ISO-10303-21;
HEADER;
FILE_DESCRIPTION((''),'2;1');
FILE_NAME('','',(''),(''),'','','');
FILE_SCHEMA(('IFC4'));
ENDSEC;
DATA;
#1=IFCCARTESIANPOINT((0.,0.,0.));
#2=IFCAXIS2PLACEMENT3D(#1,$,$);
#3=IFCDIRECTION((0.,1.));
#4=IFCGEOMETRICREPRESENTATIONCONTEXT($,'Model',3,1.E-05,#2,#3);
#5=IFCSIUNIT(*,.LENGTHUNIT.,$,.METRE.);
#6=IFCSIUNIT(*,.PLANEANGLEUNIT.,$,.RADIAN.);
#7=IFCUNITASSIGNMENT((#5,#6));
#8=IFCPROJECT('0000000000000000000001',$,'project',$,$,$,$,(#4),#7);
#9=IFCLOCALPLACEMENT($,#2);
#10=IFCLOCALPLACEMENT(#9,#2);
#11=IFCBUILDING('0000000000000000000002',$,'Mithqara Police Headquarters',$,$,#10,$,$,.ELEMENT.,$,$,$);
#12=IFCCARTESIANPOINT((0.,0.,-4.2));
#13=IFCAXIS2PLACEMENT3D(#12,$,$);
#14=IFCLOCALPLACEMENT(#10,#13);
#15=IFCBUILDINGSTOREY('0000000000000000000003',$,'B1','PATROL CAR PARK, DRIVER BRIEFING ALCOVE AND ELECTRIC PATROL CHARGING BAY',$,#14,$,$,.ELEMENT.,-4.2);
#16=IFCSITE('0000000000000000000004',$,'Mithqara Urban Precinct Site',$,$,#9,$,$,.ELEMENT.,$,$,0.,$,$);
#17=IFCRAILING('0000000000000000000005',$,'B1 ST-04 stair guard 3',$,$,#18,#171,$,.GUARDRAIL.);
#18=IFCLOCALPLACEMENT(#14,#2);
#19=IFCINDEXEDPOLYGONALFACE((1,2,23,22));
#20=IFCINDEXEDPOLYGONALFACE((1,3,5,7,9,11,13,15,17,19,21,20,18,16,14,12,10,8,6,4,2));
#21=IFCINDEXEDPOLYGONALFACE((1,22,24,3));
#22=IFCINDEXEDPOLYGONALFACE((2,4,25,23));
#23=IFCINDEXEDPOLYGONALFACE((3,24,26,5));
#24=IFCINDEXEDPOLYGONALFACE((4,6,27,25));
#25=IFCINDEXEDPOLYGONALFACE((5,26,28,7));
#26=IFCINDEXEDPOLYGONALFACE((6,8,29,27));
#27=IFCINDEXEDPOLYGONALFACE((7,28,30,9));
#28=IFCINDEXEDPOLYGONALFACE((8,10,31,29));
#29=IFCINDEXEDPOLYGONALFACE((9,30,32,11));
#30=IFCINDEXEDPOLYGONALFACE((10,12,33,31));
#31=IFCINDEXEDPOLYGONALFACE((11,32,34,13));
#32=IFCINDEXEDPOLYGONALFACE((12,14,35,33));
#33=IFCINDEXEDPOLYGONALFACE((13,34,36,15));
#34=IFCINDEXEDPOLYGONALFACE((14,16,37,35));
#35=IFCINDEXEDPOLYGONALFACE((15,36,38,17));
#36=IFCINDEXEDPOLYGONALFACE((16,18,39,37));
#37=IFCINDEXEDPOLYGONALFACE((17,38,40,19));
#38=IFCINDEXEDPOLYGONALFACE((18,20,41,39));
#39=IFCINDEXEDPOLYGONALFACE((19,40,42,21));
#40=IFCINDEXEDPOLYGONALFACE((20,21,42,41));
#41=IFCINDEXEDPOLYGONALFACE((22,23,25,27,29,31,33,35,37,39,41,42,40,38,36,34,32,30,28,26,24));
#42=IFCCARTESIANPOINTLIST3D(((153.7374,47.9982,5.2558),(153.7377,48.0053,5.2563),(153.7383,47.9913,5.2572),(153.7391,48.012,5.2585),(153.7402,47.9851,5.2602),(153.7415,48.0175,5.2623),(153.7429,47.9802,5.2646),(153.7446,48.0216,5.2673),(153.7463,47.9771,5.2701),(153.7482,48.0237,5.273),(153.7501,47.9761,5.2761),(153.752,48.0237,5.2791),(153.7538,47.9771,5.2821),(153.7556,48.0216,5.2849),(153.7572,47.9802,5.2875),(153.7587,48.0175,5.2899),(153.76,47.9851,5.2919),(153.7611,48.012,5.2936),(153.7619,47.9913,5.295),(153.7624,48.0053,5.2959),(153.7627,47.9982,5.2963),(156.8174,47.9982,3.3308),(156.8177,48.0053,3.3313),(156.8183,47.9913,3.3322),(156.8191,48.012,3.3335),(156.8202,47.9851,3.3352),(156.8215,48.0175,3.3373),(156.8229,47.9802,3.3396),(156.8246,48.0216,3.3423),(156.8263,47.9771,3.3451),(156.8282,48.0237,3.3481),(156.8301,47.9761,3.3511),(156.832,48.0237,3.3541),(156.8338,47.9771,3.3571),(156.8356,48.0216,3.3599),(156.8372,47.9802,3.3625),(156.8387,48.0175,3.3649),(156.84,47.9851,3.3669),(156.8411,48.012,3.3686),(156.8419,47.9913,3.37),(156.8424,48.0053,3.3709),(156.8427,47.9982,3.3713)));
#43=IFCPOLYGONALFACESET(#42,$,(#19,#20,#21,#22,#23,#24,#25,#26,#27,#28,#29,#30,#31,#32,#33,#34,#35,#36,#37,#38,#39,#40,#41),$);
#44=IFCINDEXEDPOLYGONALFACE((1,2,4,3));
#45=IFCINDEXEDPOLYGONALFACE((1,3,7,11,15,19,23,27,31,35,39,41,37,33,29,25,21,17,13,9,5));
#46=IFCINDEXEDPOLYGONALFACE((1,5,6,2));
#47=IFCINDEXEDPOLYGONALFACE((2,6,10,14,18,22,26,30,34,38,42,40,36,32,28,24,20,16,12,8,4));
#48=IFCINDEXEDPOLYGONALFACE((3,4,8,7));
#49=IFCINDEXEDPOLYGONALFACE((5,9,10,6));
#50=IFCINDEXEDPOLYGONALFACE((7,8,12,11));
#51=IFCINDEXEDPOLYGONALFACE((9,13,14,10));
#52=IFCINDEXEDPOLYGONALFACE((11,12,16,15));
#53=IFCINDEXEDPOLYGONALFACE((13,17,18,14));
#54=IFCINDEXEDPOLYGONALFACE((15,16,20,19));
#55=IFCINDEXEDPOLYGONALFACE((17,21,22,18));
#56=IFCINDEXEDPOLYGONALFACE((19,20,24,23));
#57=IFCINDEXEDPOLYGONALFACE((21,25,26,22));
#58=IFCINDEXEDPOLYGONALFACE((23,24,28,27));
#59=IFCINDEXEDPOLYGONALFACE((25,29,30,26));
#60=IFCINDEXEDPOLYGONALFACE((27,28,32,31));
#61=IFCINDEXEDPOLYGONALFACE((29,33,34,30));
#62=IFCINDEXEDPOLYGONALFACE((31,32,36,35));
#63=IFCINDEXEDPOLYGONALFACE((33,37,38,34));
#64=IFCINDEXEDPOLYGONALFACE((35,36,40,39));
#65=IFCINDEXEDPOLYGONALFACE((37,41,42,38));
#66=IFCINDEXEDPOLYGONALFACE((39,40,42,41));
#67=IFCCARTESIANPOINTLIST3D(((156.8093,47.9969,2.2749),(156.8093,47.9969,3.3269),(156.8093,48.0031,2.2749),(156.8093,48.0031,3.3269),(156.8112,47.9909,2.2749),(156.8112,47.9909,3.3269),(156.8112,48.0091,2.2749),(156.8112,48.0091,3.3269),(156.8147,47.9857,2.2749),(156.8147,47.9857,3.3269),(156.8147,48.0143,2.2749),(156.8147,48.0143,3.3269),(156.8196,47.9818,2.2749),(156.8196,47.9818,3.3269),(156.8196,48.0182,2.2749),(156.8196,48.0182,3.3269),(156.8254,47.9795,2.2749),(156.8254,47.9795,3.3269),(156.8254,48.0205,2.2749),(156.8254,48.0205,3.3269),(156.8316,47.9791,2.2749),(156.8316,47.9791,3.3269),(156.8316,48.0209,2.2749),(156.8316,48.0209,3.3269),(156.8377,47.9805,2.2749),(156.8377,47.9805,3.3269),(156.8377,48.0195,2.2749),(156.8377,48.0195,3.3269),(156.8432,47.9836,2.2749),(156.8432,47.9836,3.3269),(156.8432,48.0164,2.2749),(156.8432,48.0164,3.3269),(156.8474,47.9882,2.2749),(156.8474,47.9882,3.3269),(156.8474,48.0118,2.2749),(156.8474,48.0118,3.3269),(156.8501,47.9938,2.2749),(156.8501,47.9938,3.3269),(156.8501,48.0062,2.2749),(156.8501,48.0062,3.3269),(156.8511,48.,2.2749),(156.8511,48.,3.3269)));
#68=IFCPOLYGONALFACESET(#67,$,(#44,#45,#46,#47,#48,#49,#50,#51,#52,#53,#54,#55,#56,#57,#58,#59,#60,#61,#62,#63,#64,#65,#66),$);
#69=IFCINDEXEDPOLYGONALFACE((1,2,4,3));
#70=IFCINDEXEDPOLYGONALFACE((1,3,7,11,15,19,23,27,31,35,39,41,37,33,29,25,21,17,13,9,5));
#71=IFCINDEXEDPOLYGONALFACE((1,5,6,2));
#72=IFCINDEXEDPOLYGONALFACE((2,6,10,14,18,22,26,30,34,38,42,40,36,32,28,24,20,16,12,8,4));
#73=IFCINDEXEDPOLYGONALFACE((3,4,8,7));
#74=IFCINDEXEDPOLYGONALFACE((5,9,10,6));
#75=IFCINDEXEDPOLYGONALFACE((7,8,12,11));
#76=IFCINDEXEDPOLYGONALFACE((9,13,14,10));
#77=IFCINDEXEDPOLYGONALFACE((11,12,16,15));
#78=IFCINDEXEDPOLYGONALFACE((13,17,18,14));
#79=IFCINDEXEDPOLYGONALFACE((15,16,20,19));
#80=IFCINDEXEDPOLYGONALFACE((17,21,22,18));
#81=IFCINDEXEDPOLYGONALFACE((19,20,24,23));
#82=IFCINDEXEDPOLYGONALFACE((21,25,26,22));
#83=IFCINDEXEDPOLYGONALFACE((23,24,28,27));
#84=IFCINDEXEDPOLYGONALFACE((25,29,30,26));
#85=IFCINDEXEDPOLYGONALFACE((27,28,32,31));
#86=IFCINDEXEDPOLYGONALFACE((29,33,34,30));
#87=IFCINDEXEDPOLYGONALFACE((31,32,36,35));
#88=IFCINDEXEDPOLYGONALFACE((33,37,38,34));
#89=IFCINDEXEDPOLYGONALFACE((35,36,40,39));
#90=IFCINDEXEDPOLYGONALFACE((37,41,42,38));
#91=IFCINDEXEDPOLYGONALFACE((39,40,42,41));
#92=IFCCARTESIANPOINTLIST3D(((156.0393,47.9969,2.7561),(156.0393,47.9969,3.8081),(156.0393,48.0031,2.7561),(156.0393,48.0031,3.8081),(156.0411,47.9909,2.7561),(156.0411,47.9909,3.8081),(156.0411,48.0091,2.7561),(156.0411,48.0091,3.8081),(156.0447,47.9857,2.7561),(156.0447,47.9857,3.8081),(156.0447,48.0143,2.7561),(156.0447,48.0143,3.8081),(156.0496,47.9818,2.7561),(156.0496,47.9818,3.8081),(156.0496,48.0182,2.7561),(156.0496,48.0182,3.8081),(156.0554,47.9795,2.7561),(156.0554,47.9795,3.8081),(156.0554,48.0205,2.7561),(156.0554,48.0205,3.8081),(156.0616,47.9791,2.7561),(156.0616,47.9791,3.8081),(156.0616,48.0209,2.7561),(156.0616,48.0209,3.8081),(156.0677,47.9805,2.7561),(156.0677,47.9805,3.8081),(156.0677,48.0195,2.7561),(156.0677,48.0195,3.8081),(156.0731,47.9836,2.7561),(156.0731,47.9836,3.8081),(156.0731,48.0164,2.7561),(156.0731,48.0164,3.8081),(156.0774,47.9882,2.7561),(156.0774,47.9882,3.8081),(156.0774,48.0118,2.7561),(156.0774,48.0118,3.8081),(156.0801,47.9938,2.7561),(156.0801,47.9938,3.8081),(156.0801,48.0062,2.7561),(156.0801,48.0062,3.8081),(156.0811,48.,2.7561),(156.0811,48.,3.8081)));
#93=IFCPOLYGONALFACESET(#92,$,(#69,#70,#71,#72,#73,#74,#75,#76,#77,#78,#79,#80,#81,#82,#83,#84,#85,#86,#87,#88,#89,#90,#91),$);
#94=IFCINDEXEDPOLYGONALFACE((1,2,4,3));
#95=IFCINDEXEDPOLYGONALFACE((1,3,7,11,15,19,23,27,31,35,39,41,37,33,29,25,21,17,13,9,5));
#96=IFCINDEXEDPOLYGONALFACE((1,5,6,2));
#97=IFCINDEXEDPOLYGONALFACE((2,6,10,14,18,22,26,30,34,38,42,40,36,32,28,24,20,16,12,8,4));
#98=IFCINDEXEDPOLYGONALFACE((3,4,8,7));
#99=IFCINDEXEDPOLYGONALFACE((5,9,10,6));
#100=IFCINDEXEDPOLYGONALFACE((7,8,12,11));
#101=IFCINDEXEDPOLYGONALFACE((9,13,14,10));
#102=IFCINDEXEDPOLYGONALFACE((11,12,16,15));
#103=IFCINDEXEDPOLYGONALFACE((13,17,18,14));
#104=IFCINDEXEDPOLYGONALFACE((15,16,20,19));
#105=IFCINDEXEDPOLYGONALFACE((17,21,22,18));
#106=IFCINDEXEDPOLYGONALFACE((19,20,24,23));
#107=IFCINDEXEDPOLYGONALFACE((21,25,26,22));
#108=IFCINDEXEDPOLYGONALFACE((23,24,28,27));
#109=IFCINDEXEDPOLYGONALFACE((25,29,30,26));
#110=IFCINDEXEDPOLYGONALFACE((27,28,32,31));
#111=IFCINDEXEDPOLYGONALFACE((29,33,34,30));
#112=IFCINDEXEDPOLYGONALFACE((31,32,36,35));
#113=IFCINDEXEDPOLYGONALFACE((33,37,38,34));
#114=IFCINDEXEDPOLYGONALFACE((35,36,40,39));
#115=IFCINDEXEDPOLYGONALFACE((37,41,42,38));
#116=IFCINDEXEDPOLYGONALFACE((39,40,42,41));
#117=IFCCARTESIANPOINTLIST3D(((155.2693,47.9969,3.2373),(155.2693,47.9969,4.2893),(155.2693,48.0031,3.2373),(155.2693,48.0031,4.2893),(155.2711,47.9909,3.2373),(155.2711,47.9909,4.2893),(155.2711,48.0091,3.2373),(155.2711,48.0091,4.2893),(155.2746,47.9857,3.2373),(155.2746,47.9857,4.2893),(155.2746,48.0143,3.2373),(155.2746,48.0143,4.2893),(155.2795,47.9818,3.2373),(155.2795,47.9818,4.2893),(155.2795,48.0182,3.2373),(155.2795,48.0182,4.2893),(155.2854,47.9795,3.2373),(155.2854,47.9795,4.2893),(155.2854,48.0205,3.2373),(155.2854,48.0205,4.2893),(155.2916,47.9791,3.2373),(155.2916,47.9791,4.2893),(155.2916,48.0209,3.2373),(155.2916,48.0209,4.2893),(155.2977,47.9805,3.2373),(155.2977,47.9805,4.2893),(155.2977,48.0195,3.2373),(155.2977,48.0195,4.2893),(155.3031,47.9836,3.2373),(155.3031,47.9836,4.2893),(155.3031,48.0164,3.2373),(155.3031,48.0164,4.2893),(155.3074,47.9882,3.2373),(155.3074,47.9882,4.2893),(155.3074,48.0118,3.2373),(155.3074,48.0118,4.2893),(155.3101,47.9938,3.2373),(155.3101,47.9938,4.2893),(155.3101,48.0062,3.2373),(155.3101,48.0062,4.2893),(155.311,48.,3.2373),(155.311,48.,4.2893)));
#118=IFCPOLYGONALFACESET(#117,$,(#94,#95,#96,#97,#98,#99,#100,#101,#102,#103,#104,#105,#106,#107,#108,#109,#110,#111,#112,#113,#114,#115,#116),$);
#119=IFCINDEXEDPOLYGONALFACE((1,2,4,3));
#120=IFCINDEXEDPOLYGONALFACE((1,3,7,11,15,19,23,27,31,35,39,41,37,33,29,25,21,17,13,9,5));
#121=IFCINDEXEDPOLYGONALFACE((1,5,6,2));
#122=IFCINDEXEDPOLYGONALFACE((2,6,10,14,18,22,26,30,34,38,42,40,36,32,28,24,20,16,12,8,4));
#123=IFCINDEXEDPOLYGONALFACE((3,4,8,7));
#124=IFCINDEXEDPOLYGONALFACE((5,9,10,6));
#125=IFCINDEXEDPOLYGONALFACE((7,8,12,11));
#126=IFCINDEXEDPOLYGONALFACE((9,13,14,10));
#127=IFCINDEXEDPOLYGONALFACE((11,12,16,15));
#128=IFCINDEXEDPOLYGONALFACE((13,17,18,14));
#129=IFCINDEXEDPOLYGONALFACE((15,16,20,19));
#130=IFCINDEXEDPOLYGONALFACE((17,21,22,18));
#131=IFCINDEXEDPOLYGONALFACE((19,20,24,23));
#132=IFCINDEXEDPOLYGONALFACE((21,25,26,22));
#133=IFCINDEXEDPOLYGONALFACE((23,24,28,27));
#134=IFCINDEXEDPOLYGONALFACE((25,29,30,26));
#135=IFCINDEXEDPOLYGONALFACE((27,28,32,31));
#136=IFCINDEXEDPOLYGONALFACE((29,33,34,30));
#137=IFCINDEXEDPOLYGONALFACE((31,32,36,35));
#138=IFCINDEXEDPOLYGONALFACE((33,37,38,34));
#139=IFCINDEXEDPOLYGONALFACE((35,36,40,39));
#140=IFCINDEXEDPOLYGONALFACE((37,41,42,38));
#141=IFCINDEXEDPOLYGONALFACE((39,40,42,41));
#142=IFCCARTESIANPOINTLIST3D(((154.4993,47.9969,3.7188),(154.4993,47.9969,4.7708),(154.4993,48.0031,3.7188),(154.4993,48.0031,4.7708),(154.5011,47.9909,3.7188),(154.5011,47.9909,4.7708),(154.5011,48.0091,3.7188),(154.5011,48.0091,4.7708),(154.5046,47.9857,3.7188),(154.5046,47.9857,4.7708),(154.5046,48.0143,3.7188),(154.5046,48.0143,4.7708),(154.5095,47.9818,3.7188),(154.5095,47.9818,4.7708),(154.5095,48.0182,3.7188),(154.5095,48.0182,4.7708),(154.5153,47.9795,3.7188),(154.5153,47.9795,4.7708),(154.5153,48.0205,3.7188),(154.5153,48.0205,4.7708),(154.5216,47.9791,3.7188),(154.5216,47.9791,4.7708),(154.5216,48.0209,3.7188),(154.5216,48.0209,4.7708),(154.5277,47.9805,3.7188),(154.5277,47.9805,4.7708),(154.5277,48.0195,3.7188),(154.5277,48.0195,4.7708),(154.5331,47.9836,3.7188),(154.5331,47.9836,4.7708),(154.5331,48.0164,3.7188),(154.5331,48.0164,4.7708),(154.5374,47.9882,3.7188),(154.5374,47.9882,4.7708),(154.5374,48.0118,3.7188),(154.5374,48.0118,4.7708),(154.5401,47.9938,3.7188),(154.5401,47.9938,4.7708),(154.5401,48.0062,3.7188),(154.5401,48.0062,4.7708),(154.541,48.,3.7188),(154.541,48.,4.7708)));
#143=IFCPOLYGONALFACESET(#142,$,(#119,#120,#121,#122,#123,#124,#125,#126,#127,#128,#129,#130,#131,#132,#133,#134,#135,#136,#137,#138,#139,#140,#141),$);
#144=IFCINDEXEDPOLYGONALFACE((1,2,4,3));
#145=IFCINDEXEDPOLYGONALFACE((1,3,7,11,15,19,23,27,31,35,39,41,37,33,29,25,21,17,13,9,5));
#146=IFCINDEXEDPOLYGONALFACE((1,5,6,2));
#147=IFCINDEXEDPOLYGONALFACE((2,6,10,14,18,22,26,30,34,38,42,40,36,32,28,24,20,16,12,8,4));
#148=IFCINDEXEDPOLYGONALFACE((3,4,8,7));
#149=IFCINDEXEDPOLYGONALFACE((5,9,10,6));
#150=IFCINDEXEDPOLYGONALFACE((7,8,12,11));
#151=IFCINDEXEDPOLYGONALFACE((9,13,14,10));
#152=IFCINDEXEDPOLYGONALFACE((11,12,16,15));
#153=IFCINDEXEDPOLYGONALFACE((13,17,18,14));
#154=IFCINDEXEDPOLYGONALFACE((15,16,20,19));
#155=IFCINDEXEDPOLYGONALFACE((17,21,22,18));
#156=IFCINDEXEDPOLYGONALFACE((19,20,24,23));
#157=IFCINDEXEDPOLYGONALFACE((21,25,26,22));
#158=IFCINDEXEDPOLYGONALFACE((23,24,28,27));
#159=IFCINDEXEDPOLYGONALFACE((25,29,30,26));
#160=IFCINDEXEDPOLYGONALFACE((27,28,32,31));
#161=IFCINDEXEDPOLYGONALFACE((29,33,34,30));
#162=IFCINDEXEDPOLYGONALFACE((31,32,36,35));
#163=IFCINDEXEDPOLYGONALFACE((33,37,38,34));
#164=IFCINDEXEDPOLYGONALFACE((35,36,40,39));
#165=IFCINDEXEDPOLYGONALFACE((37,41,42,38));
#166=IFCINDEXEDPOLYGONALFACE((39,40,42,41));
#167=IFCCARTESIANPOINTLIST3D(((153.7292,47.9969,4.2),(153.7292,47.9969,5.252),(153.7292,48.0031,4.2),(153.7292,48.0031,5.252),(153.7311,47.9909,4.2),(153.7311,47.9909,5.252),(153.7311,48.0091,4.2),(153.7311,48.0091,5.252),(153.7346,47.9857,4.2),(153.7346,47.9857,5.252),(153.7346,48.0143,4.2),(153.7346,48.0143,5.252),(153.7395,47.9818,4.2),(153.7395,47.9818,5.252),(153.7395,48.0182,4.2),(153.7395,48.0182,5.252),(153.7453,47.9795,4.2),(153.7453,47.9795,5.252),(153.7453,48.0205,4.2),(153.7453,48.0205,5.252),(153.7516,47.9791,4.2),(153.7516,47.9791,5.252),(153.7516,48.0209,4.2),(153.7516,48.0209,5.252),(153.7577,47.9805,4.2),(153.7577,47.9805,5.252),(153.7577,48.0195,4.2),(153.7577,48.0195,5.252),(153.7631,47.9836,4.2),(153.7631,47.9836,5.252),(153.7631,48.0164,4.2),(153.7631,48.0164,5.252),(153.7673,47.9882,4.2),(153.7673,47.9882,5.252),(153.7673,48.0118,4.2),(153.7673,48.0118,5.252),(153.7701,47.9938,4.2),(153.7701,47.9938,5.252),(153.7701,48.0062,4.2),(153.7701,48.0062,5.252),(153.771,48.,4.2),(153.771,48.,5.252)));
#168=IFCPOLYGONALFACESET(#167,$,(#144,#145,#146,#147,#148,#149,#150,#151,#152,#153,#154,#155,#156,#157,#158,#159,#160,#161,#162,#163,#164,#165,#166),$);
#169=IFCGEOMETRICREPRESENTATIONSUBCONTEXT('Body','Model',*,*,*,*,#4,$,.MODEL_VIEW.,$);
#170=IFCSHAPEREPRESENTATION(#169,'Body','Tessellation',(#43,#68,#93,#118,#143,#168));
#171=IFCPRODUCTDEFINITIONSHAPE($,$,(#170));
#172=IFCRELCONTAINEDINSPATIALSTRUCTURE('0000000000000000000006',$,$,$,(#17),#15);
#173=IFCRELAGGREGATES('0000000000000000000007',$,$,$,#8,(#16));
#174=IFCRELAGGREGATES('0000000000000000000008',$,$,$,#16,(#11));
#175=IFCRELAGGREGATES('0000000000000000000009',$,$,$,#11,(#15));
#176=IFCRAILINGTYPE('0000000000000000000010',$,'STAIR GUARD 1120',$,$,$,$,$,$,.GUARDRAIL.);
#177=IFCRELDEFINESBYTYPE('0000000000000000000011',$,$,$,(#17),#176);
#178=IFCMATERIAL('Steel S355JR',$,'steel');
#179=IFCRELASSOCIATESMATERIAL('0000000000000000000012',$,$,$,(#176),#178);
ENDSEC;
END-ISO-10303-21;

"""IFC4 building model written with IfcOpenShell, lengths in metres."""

from ifc_helpers import new_model, si_unit, direction, frame, origin, origin_2d, place, context, subcontext, project, spatial, circle, extrude, material, type_object, element, save


model = new_model("IFC4")

# Units and contexts
model_context = context("Model", 3, precision=1e-05, world=origin(), true_north=direction((0.0, 1.0)))
body_context = subcontext(model_context, "Body", "Model", "MODEL_VIEW")
ifc_project = project(units=[si_unit("LENGTHUNIT", "METRE"), si_unit("PLANEANGLEUNIT", "RADIAN")], contexts=[model_context])

# Site, building, storey
site_placement = place(None, origin())
site = spatial("IfcSite", under=ifc_project, at=site_placement, Name="Mithqara Urban Precinct Site", CompositionType="ELEMENT", RefElevation=0.0)
building_placement = place(site_placement, origin())
building = spatial("IfcBuilding", under=site, at=building_placement, Name="Mithqara Police Headquarters", CompositionType="ELEMENT")
storey_placement = place(building_placement, frame((0.0, 0.0, -4.2)))
storey = spatial("IfcBuildingStorey", under=building, at=storey_placement, Name="B1", Description="PATROL CAR PARK, DRIVER BRIEFING ALCOVE AND ELECTRIC PATROL CHARGING BAY", CompositionType="ELEMENT", Elevation=-4.2)

# Shared definitions
ifc_material_1 = material(Name="Steel S355JR", Category="steel")

# Railing
railing_type_1 = type_object("IfcRailingType", Name="STAIR GUARD 1120", PredefinedType="GUARDRAIL", material=ifc_material_1)
railing_1_placement = place(storey_placement, frame((156.8301, 48.0, 2.2749)))
element("IfcRailing", 1, at=railing_1_placement, inside=storey, type_object=railing_type_1, Name="B1 ST-04 stair guard 3", PredefinedType="GUARDRAIL", context=body_context, shape_type="SweptSolid", body=[
    extrude(circle(Radius=0.0239, at=origin_2d()), frame((0.0, 0.0, 1.0762), z_axis=(-0.847998, 0.0, 0.529999), x_axis=(0.0, -1.0, 0.0)), (0.0, 0.0, 1.0), 3.6321),
    extrude(circle(Radius=0.021, at=origin_2d()), origin(), (0.0, 0.0, 1.0), 1.052),
    extrude(circle(Radius=0.021, at=origin_2d()), frame((-0.77, 0.0, 0.4812)), (0.0, 0.0, 1.0), 1.052),
    extrude(circle(Radius=0.021, at=origin_2d()), frame((-1.54, 0.0, 0.9624)), (0.0, 0.0, 1.0), 1.052),
    extrude(circle(Radius=0.021, at=origin_2d()), frame((-2.3101, 0.0, 1.4438)), (0.0, 0.0, 1.0), 1.052),
    extrude(circle(Radius=0.021, at=origin_2d()), frame((-3.0801, 0.0, 1.925)), (0.0, 0.0, 1.0), 1.052),
])

save(model, "model.ifc")
